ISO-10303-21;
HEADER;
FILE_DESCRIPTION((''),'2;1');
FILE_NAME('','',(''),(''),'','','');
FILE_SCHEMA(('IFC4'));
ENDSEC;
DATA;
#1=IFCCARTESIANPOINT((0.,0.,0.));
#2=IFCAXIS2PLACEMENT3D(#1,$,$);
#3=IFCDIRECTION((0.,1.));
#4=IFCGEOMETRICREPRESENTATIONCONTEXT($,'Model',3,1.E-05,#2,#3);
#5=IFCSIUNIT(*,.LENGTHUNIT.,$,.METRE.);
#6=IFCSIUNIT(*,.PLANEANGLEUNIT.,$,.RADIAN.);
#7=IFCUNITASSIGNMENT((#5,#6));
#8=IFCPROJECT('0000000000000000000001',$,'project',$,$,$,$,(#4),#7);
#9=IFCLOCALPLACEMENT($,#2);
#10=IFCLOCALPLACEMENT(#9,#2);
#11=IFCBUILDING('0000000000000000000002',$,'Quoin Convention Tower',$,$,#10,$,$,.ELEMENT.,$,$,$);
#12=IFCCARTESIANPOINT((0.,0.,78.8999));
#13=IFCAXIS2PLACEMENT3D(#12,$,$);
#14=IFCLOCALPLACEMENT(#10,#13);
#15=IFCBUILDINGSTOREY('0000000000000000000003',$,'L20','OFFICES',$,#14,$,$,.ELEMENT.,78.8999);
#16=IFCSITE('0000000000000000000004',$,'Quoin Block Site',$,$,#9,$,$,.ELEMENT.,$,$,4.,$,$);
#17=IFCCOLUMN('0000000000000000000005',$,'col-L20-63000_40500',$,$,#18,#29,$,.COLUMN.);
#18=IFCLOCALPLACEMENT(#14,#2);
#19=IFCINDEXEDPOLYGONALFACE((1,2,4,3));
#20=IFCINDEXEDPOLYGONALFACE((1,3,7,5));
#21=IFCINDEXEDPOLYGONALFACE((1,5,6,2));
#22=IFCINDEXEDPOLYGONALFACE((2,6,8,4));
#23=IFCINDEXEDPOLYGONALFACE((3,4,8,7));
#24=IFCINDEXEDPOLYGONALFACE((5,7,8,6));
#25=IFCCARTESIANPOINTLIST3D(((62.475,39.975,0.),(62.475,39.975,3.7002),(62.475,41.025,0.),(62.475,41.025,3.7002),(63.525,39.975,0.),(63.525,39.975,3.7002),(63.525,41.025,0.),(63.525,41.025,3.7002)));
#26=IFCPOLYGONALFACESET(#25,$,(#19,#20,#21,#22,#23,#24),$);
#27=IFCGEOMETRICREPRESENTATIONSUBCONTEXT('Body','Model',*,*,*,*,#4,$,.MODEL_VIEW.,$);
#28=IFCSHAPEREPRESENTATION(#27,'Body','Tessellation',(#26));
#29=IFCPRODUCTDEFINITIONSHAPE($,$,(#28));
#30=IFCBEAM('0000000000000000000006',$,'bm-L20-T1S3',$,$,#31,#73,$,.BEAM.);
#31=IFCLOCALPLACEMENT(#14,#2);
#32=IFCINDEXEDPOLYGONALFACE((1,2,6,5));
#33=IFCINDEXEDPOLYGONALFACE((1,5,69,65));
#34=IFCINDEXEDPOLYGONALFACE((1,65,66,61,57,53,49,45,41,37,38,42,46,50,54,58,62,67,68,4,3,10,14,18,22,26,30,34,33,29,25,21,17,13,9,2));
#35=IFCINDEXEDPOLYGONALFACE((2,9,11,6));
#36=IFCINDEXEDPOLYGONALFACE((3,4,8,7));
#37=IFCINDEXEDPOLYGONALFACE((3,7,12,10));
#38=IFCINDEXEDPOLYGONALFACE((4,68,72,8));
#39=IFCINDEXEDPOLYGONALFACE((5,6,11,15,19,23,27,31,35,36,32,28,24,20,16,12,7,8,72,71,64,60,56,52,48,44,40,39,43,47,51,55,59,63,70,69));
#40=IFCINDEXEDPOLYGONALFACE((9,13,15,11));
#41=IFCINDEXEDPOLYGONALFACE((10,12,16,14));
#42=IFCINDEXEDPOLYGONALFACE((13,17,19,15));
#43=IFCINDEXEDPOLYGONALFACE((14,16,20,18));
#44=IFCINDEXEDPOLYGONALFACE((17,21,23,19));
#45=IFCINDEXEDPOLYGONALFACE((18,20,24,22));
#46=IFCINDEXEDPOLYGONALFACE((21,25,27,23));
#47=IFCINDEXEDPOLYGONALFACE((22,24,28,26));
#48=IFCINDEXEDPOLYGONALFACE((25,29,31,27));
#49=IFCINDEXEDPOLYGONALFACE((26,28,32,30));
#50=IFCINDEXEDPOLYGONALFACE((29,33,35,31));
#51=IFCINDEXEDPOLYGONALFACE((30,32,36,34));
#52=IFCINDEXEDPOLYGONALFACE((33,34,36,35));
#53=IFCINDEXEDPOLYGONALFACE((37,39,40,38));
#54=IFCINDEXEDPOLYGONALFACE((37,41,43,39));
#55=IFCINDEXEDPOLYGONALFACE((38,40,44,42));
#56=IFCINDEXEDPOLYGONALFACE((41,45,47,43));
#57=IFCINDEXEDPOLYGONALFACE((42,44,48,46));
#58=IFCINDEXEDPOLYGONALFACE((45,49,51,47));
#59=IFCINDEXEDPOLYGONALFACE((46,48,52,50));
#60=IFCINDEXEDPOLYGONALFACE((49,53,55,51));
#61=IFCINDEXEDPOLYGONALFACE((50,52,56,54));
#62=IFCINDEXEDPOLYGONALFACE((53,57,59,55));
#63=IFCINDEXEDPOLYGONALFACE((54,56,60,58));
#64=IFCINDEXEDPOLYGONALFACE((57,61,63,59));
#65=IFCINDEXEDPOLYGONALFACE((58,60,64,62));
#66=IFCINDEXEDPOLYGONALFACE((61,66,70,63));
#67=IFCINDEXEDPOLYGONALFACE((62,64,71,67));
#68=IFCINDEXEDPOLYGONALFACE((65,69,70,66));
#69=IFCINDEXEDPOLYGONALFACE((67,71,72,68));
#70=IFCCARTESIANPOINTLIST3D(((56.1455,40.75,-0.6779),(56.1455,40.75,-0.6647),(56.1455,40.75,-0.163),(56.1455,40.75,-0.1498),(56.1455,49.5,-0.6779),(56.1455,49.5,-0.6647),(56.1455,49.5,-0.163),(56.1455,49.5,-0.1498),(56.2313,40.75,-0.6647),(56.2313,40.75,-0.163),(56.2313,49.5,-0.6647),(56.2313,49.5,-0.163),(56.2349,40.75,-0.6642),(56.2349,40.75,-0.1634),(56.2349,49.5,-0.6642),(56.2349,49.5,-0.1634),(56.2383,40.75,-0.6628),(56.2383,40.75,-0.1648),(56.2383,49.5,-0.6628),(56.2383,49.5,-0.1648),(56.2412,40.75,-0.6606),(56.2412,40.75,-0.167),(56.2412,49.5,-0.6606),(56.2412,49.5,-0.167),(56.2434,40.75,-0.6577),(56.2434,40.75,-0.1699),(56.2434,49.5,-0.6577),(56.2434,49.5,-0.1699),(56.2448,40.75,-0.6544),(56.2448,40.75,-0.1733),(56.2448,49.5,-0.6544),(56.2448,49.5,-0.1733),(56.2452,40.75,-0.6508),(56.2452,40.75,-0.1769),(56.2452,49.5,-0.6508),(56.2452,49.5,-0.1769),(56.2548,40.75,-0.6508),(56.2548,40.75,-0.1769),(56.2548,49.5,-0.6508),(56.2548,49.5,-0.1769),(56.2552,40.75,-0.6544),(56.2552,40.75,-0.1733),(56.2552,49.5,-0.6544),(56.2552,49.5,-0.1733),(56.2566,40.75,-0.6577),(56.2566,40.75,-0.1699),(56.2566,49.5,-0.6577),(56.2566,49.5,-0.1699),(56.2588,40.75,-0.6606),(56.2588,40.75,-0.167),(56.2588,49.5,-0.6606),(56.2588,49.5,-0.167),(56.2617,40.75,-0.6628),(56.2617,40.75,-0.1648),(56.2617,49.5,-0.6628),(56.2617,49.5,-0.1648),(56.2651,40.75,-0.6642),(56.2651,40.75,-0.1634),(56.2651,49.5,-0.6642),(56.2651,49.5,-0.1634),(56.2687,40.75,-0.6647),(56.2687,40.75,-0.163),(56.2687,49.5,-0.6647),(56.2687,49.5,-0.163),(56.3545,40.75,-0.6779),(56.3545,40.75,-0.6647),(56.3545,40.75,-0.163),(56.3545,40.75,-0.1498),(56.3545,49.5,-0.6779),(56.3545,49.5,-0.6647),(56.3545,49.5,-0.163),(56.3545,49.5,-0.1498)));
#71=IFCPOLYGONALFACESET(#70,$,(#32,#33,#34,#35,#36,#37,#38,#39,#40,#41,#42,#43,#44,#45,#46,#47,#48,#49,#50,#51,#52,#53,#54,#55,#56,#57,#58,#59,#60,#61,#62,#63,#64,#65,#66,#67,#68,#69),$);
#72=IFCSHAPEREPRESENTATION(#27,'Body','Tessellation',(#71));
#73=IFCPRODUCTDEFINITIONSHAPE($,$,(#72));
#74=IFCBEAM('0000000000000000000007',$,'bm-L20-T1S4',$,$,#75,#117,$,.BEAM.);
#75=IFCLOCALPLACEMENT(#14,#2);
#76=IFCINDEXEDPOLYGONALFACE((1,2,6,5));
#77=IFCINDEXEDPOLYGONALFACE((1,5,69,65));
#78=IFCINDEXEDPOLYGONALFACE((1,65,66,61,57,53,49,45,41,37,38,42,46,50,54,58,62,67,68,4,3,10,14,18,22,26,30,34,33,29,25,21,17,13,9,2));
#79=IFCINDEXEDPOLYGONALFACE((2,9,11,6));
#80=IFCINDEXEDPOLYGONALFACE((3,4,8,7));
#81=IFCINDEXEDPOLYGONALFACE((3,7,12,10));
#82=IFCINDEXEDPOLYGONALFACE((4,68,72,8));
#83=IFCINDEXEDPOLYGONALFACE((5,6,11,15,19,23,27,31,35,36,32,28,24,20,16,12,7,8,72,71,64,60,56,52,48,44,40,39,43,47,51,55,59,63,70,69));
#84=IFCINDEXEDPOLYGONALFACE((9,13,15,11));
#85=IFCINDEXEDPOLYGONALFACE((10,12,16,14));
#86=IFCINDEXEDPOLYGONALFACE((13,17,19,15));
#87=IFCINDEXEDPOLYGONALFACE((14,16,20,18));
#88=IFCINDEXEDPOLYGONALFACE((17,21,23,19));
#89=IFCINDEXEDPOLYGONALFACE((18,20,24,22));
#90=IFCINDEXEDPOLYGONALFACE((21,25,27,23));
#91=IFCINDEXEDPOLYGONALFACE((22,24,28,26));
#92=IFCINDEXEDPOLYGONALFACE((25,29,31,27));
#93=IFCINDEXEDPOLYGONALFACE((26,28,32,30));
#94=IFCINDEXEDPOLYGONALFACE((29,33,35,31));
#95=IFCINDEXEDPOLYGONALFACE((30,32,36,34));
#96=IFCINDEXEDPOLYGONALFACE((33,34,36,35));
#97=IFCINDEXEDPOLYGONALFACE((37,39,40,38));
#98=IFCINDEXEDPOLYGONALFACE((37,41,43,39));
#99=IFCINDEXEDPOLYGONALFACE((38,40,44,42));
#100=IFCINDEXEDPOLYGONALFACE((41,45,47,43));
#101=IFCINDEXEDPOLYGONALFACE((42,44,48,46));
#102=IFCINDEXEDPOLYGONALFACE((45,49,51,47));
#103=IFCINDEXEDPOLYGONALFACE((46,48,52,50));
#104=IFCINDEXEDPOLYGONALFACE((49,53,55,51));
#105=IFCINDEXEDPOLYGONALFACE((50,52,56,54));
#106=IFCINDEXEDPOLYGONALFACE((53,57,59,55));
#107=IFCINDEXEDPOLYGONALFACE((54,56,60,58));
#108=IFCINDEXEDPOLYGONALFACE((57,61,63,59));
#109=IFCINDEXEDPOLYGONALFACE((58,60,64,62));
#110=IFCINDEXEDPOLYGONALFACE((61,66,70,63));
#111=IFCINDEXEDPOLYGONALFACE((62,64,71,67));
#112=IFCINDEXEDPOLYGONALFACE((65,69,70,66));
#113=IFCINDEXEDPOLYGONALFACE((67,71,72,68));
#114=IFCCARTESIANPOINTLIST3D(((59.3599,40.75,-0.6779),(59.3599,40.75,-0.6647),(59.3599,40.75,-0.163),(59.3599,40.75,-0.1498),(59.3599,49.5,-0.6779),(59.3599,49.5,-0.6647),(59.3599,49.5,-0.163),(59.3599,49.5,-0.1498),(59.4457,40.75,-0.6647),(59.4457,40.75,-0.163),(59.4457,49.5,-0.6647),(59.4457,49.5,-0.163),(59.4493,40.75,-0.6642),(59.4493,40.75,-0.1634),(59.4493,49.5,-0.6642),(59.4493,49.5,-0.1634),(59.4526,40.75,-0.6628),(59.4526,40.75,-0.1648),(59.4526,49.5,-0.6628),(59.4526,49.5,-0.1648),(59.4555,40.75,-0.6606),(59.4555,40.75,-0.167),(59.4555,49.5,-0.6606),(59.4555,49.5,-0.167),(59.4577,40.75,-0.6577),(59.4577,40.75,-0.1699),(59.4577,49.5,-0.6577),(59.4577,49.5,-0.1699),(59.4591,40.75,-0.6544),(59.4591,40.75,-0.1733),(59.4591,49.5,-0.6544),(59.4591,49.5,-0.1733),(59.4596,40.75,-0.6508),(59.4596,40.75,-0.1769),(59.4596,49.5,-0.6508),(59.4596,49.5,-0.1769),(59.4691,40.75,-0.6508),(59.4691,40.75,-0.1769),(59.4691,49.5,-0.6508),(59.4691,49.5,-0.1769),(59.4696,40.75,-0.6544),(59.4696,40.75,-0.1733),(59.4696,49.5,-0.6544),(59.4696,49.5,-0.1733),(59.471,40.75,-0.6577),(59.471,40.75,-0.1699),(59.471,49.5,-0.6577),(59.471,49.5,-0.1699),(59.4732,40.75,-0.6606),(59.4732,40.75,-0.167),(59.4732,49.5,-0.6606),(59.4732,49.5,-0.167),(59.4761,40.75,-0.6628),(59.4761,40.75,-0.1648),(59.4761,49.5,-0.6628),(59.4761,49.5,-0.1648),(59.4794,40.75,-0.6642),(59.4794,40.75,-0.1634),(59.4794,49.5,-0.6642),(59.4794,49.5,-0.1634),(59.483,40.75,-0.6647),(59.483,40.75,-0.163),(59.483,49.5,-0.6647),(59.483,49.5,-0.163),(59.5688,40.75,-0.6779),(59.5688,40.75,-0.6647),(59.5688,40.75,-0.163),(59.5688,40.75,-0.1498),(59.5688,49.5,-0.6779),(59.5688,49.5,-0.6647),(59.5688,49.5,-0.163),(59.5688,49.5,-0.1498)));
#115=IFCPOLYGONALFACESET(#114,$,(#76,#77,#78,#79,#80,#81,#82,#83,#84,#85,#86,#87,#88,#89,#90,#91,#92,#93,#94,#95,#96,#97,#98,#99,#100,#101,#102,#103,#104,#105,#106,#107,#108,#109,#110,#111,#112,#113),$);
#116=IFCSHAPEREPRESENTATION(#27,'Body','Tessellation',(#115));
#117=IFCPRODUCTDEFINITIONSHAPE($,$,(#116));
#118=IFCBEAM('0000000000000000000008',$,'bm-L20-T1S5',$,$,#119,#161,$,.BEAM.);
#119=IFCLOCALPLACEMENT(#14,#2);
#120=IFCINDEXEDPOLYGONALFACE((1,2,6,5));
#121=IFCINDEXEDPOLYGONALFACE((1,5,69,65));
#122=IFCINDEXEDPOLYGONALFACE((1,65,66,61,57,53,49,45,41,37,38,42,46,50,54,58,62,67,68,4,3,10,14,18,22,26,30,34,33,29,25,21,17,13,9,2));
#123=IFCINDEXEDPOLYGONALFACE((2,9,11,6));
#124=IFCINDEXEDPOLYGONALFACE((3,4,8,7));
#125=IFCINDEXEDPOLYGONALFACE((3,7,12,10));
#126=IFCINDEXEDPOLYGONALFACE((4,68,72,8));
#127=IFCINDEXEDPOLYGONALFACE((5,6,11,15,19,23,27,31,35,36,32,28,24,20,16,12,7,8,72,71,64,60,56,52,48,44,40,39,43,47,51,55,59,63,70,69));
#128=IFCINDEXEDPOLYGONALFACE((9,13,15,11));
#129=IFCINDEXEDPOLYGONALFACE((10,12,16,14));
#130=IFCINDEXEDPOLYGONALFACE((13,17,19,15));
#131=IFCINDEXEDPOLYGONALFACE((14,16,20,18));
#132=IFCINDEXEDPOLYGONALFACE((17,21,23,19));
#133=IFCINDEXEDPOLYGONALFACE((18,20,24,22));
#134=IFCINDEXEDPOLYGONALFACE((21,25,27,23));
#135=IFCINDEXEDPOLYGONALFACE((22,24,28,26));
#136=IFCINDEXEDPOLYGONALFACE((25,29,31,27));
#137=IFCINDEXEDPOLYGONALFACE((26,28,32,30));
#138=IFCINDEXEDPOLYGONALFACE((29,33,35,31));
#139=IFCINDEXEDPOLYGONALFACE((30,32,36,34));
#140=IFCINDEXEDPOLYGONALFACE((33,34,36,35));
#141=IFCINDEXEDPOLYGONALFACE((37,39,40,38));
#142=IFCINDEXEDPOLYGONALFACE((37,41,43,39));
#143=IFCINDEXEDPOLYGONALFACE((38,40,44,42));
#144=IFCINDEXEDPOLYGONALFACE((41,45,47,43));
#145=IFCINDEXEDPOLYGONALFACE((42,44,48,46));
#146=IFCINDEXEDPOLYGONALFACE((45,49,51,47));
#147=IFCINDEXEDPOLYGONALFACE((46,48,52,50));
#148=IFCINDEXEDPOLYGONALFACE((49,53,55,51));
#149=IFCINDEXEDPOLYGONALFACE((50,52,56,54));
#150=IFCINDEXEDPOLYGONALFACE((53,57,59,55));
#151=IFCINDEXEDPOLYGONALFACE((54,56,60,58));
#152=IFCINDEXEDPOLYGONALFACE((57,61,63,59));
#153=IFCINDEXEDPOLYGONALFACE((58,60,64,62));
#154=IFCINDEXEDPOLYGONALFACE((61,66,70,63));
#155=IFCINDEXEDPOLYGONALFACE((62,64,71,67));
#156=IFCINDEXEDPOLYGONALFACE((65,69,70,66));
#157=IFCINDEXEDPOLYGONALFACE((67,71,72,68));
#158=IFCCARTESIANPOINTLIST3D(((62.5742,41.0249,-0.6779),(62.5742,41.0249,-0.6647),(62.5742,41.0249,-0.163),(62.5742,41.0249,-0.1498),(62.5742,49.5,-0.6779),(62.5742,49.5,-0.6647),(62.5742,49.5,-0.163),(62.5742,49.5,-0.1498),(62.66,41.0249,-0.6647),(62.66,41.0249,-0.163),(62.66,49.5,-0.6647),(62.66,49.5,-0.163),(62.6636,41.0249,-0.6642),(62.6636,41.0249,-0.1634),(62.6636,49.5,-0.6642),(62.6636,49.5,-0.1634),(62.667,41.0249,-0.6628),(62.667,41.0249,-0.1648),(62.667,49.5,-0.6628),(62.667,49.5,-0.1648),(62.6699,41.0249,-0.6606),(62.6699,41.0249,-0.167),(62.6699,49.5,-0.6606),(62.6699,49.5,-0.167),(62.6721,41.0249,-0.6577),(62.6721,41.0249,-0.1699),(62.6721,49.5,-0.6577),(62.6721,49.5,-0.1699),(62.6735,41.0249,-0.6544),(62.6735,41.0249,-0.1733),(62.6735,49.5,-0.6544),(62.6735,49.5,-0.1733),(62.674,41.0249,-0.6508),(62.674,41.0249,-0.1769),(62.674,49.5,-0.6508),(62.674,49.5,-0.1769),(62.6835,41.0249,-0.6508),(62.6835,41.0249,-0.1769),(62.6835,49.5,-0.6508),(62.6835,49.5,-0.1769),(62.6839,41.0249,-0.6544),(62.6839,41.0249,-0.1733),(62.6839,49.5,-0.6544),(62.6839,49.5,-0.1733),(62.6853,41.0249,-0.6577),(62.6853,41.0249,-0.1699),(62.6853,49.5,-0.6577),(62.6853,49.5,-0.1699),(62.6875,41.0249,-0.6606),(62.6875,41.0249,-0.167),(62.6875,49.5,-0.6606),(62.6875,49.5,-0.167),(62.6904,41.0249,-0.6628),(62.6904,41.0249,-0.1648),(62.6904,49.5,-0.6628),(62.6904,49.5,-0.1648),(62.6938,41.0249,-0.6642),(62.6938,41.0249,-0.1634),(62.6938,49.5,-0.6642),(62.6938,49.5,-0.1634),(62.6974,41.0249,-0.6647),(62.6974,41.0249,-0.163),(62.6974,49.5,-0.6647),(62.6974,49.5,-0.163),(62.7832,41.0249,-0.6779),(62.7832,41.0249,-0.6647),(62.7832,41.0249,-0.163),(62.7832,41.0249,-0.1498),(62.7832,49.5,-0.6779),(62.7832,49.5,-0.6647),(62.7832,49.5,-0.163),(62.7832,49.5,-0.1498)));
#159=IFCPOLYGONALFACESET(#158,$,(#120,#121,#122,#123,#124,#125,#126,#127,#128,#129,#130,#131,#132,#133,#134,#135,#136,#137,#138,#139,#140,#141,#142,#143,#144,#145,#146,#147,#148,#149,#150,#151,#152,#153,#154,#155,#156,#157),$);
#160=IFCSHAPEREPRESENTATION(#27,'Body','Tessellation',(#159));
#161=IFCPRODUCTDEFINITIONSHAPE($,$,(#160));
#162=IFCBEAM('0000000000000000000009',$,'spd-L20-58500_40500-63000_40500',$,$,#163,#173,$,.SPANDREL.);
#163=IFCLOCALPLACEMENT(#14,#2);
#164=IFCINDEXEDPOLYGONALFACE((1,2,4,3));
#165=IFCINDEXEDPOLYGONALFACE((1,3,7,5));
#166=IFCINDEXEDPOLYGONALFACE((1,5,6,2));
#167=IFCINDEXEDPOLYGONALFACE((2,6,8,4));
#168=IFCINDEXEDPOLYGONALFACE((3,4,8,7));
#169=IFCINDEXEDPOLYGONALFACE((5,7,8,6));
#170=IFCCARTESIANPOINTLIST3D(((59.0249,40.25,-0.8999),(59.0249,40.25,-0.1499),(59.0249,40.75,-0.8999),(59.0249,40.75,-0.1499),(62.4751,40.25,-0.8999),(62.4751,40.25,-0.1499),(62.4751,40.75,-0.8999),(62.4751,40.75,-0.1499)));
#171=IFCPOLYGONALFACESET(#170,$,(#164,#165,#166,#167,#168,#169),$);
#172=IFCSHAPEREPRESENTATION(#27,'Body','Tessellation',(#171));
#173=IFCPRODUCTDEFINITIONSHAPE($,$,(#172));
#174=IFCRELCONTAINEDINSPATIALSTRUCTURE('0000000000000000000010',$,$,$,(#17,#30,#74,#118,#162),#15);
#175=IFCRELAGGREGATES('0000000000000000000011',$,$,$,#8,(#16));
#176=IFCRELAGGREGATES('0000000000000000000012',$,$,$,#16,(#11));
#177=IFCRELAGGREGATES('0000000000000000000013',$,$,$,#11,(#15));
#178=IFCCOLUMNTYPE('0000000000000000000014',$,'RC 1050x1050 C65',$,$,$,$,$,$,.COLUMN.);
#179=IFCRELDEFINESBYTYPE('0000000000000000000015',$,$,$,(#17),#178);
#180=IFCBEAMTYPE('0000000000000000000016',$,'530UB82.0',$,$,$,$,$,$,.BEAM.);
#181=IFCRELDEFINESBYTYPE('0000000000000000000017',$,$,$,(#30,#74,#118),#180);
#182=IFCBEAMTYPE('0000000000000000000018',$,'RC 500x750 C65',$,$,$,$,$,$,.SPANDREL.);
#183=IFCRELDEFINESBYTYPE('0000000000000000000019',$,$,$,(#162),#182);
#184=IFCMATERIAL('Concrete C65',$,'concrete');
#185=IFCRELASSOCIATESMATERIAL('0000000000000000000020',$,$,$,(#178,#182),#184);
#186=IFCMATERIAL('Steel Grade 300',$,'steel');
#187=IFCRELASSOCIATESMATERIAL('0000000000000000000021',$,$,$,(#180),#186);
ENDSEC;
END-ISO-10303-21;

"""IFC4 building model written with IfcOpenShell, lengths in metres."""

from ifc_helpers import new_model, si_unit, direction, frame, origin, origin_2d, place, context, subcontext, project, spatial, rectangle, i_section, extrude, material, material_profile, profile_set, type_object, element, save


model = new_model("IFC4")

# Units and contexts
model_context = context("Model", 3, precision=1e-05, world=origin(), true_north=direction((0.0, 1.0)))
body_context = subcontext(model_context, "Body", "Model", "MODEL_VIEW")
ifc_project = project(units=[si_unit("LENGTHUNIT", "METRE"), si_unit("PLANEANGLEUNIT", "RADIAN")], contexts=[model_context])

# Site, building, storey
site_placement = place(None, origin())
site = spatial("IfcSite", under=ifc_project, at=site_placement, Name="Quoin Block Site", CompositionType="ELEMENT", RefElevation=4.0)
building_placement = place(site_placement, origin())
building = spatial("IfcBuilding", under=site, at=building_placement, Name="Quoin Convention Tower", CompositionType="ELEMENT")
storey_placement = place(building_placement, frame((0.0, 0.0, 78.8999)))
storey = spatial("IfcBuildingStorey", under=building, at=storey_placement, Name="L20", Description="OFFICES", CompositionType="ELEMENT", Elevation=78.8999)

# Column
ifc_material_1 = material(Name="Concrete C65", Category="concrete")
ifc_material_profile_1 = material_profile(ifc_material_1, rectangle(XDim=1.05, YDim=1.05, at=origin_2d()), Name="RC 1050x1050")
ifc_profile_set_1 = profile_set([ifc_material_profile_1], Name="Concrete C65")
column_type = type_object("IfcColumnType", Name="RC 1050x1050 C65", PredefinedType="COLUMN", material=ifc_profile_set_1)
column_placement = place(storey_placement, frame((63.0, 40.5, 0.0), z_axis=(0.0, 0.0, 1.0), x_axis=(1.0, 0.0, 0.0)))
element("IfcColumn", 1, at=column_placement, inside=storey, type_object=column_type, Name="col-L20-63000_40500", PredefinedType="COLUMN", context=body_context, shape_type="SweptSolid", body=[
    extrude(rectangle(XDim=1.05, YDim=1.05, at=origin_2d()), origin(), (0.0, 0.0, 1.0), 3.7002),
])

# Beams
ifc_material_2 = material(Name="Steel Grade 300", Category="steel")
ifc_material_profile_2 = material_profile(ifc_material_2, i_section(OverallWidth=0.209, OverallDepth=0.5281, WebThickness=0.0095, FlangeThickness=0.0132, FilletRadius=0.0139, at=origin_2d()), Name="530UB82.0")
ifc_profile_set_2 = profile_set([ifc_material_profile_2], Name="Steel Grade 300")
beam_type_1 = type_object("IfcBeamType", Name="530UB82.0", PredefinedType="BEAM", material=ifc_profile_set_2)
for number, where, z_axis, x_axis, name in (
    (2, (56.25, 40.75, -0.4138), (0.0, 1.0, 0.0), (-1.0, 0.0, 0.0), "bm-L20-T1S3"),
    (3, (59.4644, 40.75, -0.4138), (0.0, 1.0, 0.0), (-1.0, 0.0, 0.0), "bm-L20-T1S4"),
):
    element("IfcBeam", number, at=place(storey_placement, frame(where, z_axis=z_axis, x_axis=x_axis)), inside=storey, type_object=beam_type_1, Name=name, PredefinedType="BEAM", context=body_context, shape_type="SweptSolid", body=[
        extrude(i_section(OverallWidth=0.209, OverallDepth=0.5281, WebThickness=0.0095, FlangeThickness=0.0132, FilletRadius=0.0139, at=origin_2d()), origin(), (0.0, 0.0, 1.0), 8.75),
    ])
beam_1_placement = place(storey_placement, frame((62.6787, 41.0249, -0.4138), z_axis=(0.0, 1.0, 0.0), x_axis=(-1.0, 0.0, 0.0)))
element("IfcBeam", 4, at=beam_1_placement, inside=storey, type_object=beam_type_1, Name="bm-L20-T1S5", PredefinedType="BEAM", context=body_context, shape_type="SweptSolid", body=[
    extrude(i_section(OverallWidth=0.209, OverallDepth=0.5281, WebThickness=0.0095, FlangeThickness=0.0132, FilletRadius=0.0139, at=origin_2d()), origin(), (0.0, 0.0, 1.0), 8.4751),
])
ifc_material_profile_3 = material_profile(ifc_material_1, rectangle(XDim=0.5, YDim=0.75, at=origin_2d()), Name="RC 500x750")
ifc_profile_set_3 = profile_set([ifc_material_profile_3], Name="Concrete C65")
beam_type_2 = type_object("IfcBeamType", Name="RC 500x750 C65", PredefinedType="SPANDREL", material=ifc_profile_set_3)
beam_2_placement = place(storey_placement, frame((59.0249, 40.5, -0.5249), z_axis=(1.0, 0.0, 0.0), x_axis=(0.0, 1.0, 0.0)))
element("IfcBeam", 5, at=beam_2_placement, inside=storey, type_object=beam_type_2, Name="spd-L20-58500_40500-63000_40500", PredefinedType="SPANDREL", context=body_context, shape_type="SweptSolid", body=[
    extrude(rectangle(XDim=0.5, YDim=0.75, at=origin_2d()), origin(), (0.0, 0.0, 1.0), 3.4502),
])

save(model, "model.ifc")
